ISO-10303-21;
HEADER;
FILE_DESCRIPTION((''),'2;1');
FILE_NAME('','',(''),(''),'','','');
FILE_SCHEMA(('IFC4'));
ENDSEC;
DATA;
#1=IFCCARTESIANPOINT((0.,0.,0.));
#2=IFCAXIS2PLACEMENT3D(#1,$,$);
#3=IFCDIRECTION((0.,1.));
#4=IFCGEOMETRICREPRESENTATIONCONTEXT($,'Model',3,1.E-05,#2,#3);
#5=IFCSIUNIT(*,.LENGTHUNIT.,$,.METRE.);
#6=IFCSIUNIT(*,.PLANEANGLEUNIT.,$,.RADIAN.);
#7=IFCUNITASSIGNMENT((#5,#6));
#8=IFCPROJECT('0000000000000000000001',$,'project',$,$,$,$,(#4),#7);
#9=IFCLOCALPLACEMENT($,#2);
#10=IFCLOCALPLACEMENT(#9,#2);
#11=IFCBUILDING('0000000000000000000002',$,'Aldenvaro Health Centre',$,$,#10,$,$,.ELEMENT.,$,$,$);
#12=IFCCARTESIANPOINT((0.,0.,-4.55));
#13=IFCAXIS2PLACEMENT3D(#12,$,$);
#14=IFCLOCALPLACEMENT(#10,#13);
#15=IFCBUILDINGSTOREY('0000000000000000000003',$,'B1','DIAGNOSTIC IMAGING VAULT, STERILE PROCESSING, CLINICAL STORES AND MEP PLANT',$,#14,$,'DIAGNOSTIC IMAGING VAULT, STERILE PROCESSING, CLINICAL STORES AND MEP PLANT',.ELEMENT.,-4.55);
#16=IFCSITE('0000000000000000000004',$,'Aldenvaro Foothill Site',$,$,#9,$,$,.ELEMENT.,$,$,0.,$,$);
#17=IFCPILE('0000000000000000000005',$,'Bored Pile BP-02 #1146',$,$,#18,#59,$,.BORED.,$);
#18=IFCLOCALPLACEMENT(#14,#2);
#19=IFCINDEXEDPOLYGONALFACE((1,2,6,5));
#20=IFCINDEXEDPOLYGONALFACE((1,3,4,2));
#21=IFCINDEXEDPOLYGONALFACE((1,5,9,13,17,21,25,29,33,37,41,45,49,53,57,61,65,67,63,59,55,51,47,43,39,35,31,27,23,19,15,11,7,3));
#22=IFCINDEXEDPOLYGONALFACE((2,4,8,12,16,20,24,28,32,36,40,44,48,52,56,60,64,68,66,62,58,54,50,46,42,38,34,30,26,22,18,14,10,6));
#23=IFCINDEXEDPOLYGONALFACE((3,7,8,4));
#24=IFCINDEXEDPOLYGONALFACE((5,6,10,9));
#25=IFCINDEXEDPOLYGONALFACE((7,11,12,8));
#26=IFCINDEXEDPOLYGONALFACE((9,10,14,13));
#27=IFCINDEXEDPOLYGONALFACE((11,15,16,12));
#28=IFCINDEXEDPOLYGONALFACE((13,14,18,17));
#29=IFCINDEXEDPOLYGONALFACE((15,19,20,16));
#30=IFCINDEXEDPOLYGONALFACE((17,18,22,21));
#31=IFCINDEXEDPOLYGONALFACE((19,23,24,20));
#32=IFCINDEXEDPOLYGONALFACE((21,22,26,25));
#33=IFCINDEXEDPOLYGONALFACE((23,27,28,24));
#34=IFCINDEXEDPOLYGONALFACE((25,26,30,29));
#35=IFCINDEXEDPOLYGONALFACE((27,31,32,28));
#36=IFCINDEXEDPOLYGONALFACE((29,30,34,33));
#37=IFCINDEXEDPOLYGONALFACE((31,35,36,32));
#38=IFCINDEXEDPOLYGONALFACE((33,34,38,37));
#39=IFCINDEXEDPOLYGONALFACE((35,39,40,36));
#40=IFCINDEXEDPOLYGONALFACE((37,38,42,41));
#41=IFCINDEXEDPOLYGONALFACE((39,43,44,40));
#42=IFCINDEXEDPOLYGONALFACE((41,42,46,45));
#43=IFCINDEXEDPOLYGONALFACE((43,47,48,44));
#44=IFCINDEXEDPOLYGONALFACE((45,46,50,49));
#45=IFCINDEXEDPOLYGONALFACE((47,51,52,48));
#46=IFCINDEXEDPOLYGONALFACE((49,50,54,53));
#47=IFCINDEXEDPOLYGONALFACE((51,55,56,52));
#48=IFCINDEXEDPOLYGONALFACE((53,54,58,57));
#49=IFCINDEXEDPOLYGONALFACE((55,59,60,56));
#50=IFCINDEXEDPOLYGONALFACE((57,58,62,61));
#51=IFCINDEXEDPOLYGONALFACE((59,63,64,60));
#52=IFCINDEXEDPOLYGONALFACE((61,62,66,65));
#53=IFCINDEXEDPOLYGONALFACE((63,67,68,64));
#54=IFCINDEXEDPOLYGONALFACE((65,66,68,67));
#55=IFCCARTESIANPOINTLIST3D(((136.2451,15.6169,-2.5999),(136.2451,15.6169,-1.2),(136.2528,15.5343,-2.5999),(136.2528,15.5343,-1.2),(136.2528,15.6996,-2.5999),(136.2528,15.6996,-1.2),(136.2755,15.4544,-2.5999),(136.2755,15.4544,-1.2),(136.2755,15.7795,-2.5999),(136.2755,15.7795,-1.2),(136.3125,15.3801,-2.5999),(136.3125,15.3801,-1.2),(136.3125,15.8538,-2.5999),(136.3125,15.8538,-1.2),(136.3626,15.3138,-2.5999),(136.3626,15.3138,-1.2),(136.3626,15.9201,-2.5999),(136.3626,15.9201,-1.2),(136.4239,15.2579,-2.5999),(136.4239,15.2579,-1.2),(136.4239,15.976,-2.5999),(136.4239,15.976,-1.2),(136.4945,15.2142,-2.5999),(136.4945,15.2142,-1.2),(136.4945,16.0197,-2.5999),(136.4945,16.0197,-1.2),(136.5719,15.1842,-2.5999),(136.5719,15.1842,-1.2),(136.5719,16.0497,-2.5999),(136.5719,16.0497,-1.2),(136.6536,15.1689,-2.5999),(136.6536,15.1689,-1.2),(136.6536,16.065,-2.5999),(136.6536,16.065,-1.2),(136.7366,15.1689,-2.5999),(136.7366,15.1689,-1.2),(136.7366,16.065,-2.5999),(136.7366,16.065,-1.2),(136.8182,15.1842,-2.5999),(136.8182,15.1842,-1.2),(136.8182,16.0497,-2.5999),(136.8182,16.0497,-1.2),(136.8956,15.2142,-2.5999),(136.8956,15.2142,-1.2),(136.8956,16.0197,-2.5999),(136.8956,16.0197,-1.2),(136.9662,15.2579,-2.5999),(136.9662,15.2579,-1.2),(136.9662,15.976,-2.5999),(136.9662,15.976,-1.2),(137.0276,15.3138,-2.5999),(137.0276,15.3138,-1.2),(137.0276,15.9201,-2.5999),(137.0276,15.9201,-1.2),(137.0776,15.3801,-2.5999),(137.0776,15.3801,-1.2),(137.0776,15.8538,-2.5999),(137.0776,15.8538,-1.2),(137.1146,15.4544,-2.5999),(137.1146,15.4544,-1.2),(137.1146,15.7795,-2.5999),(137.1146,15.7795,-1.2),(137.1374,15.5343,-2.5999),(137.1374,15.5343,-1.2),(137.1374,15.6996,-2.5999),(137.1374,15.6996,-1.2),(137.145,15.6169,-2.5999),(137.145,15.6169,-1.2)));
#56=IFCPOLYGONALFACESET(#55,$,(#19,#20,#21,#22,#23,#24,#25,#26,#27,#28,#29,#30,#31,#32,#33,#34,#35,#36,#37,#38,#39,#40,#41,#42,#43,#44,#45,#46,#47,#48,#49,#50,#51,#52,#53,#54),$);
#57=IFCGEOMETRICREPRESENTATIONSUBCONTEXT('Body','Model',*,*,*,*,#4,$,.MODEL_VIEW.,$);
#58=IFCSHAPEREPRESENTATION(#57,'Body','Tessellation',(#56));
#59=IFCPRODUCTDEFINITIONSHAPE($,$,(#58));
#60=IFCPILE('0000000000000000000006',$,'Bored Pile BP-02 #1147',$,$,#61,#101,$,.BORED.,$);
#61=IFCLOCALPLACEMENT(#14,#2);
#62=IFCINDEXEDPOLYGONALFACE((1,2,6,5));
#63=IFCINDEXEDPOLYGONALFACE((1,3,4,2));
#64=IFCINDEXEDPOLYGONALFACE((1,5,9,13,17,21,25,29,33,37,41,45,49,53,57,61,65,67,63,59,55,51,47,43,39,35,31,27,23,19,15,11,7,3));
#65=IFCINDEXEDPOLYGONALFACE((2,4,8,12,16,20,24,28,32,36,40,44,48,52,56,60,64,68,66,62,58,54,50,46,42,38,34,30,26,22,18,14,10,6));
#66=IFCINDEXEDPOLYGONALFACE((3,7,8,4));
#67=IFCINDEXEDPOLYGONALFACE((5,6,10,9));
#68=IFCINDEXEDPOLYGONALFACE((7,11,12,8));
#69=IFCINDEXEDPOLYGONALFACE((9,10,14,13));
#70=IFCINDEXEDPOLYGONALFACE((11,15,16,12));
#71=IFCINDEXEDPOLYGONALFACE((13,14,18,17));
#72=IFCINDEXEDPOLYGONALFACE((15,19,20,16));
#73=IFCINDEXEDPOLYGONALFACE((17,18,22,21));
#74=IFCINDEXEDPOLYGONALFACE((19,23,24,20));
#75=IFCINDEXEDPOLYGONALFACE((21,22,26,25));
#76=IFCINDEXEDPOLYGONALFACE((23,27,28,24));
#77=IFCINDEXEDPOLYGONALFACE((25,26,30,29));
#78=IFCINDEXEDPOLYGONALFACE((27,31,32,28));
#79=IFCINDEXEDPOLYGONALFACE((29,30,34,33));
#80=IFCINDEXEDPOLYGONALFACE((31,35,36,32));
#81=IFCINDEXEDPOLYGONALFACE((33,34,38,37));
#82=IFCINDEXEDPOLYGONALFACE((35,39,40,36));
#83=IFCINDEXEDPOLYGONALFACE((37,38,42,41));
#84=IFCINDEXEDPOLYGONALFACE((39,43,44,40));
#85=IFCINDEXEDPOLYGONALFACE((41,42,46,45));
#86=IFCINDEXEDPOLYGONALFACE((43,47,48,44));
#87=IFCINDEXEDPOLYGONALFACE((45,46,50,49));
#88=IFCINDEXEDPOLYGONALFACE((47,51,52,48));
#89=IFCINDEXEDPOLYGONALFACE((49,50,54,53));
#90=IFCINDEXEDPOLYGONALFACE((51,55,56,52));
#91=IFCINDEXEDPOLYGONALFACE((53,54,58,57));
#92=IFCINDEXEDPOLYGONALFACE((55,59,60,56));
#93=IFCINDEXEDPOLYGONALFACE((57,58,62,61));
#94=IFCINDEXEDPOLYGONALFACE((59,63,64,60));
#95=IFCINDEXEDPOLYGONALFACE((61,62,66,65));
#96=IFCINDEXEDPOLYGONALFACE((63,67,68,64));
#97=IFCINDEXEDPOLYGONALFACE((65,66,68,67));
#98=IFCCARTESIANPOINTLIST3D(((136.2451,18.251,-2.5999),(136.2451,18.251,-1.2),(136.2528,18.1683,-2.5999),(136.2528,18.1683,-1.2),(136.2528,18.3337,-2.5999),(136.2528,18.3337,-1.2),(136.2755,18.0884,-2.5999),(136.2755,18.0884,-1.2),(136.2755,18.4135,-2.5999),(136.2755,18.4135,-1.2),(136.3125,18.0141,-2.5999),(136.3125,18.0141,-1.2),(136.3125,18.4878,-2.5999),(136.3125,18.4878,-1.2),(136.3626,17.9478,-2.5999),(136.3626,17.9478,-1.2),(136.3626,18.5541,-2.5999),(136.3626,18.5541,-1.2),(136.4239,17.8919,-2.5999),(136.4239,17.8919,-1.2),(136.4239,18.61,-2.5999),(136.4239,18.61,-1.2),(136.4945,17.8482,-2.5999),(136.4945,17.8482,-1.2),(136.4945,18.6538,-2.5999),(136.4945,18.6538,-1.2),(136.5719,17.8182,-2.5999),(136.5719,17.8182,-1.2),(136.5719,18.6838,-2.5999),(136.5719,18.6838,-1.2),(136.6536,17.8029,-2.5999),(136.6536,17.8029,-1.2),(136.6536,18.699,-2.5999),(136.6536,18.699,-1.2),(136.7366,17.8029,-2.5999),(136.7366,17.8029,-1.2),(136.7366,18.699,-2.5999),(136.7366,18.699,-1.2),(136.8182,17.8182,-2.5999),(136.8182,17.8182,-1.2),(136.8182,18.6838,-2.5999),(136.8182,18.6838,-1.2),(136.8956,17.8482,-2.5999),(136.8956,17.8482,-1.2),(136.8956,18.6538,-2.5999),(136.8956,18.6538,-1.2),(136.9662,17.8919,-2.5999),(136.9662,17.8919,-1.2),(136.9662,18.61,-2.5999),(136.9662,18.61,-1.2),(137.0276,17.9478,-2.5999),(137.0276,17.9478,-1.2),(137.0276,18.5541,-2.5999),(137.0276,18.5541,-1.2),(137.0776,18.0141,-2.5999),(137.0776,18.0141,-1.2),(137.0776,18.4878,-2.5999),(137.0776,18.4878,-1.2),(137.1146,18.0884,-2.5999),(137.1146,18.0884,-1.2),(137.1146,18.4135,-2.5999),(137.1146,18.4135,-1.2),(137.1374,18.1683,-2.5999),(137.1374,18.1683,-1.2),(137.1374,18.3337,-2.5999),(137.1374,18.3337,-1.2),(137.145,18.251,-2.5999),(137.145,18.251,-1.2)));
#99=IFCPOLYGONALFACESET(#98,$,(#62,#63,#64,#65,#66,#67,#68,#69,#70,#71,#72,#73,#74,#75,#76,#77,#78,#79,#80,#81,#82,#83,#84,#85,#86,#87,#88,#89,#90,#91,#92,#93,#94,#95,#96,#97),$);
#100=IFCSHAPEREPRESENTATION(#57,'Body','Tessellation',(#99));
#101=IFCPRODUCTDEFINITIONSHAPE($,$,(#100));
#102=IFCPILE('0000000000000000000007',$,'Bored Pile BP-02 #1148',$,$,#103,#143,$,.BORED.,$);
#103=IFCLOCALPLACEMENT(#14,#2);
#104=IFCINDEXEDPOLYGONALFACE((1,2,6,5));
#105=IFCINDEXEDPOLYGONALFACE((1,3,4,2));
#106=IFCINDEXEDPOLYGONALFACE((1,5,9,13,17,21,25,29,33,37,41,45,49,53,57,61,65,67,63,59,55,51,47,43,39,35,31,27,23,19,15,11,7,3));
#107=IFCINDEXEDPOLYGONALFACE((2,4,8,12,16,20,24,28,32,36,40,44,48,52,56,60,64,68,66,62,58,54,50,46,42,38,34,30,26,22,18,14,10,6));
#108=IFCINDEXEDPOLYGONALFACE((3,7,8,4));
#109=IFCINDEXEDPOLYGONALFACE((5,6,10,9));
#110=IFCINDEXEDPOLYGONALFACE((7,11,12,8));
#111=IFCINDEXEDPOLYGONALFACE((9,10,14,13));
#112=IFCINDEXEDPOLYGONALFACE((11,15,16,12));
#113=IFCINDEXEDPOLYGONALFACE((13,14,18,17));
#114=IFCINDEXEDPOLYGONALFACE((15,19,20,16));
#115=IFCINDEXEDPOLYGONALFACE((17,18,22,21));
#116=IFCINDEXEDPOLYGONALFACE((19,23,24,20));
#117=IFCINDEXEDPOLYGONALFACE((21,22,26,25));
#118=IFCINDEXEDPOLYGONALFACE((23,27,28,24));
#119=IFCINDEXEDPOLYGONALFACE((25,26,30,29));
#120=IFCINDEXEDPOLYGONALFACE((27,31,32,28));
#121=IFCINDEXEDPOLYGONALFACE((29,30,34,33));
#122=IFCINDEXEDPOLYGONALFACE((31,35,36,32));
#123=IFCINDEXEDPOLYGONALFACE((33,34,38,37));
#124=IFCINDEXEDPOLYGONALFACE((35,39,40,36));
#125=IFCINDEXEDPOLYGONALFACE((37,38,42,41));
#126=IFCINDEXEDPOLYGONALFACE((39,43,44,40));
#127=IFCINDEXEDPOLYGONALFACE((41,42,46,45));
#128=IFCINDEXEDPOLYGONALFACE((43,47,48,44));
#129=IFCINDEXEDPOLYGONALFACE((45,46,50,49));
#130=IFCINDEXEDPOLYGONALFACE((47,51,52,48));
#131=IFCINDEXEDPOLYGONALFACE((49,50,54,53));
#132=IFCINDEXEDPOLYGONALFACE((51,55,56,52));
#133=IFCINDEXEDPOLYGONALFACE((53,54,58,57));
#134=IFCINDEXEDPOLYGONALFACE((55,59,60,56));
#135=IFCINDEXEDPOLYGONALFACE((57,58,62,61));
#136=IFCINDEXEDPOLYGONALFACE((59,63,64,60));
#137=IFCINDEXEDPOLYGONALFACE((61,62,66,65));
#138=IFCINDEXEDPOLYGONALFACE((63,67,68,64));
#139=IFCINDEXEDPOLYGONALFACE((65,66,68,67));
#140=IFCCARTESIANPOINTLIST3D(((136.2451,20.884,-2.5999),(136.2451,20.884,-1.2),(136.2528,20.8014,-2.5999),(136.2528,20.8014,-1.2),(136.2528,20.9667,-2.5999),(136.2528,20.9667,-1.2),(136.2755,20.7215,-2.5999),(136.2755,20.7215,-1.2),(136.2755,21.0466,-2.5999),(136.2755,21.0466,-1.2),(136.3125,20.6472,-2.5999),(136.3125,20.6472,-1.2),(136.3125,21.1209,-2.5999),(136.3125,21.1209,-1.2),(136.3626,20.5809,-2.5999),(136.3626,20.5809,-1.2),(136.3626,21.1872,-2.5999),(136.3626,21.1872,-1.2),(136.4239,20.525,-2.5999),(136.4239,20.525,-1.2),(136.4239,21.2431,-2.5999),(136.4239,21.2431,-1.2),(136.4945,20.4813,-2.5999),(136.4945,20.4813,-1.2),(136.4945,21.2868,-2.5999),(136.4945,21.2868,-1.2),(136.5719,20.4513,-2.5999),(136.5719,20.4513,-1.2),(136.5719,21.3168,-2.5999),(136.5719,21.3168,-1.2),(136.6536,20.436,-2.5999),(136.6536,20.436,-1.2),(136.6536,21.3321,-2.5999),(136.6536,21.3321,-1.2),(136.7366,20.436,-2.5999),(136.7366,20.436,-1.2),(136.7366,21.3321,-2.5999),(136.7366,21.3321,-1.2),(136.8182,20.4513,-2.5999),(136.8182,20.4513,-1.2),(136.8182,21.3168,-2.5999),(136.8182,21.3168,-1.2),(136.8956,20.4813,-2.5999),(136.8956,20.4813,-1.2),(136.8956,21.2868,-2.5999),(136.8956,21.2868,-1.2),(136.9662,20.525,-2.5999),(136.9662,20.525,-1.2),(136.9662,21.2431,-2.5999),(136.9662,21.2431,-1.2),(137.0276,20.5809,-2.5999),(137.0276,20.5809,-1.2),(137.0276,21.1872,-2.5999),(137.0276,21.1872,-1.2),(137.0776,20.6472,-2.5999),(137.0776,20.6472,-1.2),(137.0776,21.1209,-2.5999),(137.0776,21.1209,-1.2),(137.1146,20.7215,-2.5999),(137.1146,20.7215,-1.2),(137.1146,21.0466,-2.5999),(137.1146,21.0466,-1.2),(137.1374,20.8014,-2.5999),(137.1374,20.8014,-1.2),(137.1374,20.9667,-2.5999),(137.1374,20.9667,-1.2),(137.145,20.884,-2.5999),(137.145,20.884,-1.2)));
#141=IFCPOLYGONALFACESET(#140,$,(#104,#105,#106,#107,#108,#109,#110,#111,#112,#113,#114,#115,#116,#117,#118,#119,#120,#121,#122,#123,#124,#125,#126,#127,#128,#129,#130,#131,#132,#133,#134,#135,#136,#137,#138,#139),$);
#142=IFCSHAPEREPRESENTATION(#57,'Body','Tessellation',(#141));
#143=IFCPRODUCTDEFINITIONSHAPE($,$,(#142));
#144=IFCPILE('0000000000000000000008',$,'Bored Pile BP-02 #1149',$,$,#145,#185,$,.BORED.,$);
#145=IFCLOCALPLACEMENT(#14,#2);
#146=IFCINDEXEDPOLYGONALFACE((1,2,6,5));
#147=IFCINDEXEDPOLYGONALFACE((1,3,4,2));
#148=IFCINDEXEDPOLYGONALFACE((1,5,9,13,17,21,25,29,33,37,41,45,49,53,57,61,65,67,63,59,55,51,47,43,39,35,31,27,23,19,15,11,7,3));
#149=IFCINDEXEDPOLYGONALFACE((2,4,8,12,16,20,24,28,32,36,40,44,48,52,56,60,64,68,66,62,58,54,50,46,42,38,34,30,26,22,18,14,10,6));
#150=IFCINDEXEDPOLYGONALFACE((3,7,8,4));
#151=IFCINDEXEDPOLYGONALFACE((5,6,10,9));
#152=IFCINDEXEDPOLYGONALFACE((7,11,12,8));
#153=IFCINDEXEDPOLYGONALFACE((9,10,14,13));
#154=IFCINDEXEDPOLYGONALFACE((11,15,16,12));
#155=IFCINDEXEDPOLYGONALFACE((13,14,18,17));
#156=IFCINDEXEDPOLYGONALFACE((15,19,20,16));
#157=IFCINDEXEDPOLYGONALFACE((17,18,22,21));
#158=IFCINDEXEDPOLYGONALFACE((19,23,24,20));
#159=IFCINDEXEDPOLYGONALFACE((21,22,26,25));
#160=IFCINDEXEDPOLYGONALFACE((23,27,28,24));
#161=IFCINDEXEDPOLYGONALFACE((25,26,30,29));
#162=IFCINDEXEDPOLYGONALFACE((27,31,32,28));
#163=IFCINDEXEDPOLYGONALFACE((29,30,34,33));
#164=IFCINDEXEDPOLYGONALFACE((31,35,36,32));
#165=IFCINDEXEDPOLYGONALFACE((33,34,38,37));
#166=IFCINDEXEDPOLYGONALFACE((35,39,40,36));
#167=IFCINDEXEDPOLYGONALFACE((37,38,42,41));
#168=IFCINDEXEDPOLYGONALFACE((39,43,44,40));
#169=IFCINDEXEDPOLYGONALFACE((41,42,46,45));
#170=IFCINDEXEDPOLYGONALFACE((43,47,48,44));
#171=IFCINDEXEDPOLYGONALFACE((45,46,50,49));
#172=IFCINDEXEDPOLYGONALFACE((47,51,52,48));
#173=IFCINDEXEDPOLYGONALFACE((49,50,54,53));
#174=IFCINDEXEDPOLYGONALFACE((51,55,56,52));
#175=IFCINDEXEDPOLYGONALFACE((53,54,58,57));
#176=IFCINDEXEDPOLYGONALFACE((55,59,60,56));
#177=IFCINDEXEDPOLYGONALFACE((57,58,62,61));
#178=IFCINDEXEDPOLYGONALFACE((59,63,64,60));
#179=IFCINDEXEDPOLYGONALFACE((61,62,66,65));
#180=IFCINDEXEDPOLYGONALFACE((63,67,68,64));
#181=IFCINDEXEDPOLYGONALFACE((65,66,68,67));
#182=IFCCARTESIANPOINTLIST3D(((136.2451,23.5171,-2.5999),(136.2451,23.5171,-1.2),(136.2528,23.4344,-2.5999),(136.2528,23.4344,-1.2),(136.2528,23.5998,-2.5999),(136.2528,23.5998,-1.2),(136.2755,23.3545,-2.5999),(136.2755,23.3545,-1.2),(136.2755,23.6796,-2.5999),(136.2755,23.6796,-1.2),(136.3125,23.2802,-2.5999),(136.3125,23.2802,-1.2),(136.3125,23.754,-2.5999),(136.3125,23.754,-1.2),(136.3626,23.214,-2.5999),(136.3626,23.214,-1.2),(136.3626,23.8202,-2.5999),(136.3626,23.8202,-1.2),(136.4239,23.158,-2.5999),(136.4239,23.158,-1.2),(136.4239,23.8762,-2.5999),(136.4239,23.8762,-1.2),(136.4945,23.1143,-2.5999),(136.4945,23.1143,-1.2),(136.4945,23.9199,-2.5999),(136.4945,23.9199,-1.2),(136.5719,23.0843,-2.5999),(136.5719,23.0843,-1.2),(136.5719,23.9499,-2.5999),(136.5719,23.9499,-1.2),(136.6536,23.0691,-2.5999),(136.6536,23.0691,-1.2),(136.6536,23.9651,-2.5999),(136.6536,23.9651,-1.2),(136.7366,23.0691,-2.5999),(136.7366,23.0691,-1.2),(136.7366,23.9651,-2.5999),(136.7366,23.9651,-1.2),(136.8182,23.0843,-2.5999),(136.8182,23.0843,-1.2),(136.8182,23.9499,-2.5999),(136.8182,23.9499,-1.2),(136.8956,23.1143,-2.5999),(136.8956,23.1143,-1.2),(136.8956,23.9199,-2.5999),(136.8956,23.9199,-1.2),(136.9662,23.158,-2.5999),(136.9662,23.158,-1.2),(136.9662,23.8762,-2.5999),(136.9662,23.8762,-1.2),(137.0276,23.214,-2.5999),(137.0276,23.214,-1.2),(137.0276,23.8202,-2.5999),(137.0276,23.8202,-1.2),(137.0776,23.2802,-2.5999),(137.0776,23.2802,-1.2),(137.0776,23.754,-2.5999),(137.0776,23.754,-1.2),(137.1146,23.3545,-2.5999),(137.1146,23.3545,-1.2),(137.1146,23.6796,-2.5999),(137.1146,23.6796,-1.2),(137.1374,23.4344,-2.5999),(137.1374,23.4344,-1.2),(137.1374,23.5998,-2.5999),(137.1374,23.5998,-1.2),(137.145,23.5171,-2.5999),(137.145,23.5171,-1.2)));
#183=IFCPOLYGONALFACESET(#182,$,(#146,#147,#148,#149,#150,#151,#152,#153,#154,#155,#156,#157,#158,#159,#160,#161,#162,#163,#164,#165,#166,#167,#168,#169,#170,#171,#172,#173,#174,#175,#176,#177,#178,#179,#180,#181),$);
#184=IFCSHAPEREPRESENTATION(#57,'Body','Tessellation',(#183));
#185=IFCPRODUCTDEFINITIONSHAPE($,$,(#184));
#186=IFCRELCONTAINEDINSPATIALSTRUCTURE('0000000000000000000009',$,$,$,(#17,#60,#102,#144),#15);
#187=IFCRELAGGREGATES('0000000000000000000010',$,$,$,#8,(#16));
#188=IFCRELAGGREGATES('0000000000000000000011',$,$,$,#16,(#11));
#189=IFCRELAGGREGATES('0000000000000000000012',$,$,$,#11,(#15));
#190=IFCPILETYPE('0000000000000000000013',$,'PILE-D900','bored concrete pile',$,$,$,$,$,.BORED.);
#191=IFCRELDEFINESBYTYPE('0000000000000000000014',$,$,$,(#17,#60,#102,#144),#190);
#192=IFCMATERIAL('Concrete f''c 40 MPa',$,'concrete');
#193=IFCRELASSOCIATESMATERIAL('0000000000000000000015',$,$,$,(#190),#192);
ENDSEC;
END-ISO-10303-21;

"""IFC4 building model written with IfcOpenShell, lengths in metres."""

from ifc_helpers import new_model, si_unit, direction, frame, origin, origin_2d, place, context, subcontext, project, spatial, circle, extrude, material, material_profile, profile_set, type_object, element, save


model = new_model("IFC4")

# Units and contexts
model_context = context("Model", 3, precision=1e-05, world=origin(), true_north=direction((0.0, 1.0)))
body_context = subcontext(model_context, "Body", "Model", "MODEL_VIEW")
ifc_project = project(units=[si_unit("LENGTHUNIT", "METRE"), si_unit("PLANEANGLEUNIT", "RADIAN")], contexts=[model_context])

# Site, building, storey
site_placement = place(None, origin())
site = spatial("IfcSite", under=ifc_project, at=site_placement, Name="Aldenvaro Foothill Site", CompositionType="ELEMENT", RefElevation=0.0)
building_placement = place(site_placement, origin())
building = spatial("IfcBuilding", under=site, at=building_placement, Name="Aldenvaro Health Centre", CompositionType="ELEMENT")
storey_placement = place(building_placement, frame((0.0, 0.0, -4.55)))
storey = spatial("IfcBuildingStorey", under=building, at=storey_placement, Name="B1", Description="DIAGNOSTIC IMAGING VAULT, STERILE PROCESSING, CLINICAL STORES AND MEP PLANT", LongName="DIAGNOSTIC IMAGING VAULT, STERILE PROCESSING, CLINICAL STORES AND MEP PLANT", CompositionType="ELEMENT", Elevation=-4.55)

# Piles
ifc_material_1 = material(Name="Concrete f'c 40 MPa", Category="concrete")
ifc_material_profile_1 = material_profile(ifc_material_1, circle(Radius=0.45, at=origin_2d()), Name="PILE D900", Category="concrete")
ifc_profile_set_1 = profile_set([ifc_material_profile_1], Name="Concrete f'c 40 MPa")
pile_type = type_object("IfcPileType", Name="PILE-D900", Description="bored concrete pile", PredefinedType="BORED", material=ifc_profile_set_1)
for number, where, z_axis, x_axis, name in (
    (1, (136.6951, 15.6169, -1.2), (0.0, 0.0, -1.0), (1.0, 0.0, 0.0), "Bored Pile BP-02 #1146"),
    (2, (136.6951, 18.251, -1.2), (0.0, 0.0, -1.0), (1.0, 0.0, 0.0), "Bored Pile BP-02 #1147"),
    (3, (136.6951, 20.884, -1.2), (0.0, 0.0, -1.0), (1.0, 0.0, 0.0), "Bored Pile BP-02 #1148"),
    (4, (136.6951, 23.5171, -1.2), (0.0, 0.0, -1.0), (1.0, 0.0, 0.0), "Bored Pile BP-02 #1149"),
):
    element("IfcPile", number, at=place(storey_placement, frame(where, z_axis=z_axis, x_axis=x_axis)), inside=storey, type_object=pile_type, Name=name, PredefinedType="BORED", context=body_context, shape_type="SweptSolid", body=[
        extrude(circle(Radius=0.45, at=origin_2d()), origin(), (0.0, 0.0, 1.0), 1.3999),
    ])

save(model, "model.ifc")
